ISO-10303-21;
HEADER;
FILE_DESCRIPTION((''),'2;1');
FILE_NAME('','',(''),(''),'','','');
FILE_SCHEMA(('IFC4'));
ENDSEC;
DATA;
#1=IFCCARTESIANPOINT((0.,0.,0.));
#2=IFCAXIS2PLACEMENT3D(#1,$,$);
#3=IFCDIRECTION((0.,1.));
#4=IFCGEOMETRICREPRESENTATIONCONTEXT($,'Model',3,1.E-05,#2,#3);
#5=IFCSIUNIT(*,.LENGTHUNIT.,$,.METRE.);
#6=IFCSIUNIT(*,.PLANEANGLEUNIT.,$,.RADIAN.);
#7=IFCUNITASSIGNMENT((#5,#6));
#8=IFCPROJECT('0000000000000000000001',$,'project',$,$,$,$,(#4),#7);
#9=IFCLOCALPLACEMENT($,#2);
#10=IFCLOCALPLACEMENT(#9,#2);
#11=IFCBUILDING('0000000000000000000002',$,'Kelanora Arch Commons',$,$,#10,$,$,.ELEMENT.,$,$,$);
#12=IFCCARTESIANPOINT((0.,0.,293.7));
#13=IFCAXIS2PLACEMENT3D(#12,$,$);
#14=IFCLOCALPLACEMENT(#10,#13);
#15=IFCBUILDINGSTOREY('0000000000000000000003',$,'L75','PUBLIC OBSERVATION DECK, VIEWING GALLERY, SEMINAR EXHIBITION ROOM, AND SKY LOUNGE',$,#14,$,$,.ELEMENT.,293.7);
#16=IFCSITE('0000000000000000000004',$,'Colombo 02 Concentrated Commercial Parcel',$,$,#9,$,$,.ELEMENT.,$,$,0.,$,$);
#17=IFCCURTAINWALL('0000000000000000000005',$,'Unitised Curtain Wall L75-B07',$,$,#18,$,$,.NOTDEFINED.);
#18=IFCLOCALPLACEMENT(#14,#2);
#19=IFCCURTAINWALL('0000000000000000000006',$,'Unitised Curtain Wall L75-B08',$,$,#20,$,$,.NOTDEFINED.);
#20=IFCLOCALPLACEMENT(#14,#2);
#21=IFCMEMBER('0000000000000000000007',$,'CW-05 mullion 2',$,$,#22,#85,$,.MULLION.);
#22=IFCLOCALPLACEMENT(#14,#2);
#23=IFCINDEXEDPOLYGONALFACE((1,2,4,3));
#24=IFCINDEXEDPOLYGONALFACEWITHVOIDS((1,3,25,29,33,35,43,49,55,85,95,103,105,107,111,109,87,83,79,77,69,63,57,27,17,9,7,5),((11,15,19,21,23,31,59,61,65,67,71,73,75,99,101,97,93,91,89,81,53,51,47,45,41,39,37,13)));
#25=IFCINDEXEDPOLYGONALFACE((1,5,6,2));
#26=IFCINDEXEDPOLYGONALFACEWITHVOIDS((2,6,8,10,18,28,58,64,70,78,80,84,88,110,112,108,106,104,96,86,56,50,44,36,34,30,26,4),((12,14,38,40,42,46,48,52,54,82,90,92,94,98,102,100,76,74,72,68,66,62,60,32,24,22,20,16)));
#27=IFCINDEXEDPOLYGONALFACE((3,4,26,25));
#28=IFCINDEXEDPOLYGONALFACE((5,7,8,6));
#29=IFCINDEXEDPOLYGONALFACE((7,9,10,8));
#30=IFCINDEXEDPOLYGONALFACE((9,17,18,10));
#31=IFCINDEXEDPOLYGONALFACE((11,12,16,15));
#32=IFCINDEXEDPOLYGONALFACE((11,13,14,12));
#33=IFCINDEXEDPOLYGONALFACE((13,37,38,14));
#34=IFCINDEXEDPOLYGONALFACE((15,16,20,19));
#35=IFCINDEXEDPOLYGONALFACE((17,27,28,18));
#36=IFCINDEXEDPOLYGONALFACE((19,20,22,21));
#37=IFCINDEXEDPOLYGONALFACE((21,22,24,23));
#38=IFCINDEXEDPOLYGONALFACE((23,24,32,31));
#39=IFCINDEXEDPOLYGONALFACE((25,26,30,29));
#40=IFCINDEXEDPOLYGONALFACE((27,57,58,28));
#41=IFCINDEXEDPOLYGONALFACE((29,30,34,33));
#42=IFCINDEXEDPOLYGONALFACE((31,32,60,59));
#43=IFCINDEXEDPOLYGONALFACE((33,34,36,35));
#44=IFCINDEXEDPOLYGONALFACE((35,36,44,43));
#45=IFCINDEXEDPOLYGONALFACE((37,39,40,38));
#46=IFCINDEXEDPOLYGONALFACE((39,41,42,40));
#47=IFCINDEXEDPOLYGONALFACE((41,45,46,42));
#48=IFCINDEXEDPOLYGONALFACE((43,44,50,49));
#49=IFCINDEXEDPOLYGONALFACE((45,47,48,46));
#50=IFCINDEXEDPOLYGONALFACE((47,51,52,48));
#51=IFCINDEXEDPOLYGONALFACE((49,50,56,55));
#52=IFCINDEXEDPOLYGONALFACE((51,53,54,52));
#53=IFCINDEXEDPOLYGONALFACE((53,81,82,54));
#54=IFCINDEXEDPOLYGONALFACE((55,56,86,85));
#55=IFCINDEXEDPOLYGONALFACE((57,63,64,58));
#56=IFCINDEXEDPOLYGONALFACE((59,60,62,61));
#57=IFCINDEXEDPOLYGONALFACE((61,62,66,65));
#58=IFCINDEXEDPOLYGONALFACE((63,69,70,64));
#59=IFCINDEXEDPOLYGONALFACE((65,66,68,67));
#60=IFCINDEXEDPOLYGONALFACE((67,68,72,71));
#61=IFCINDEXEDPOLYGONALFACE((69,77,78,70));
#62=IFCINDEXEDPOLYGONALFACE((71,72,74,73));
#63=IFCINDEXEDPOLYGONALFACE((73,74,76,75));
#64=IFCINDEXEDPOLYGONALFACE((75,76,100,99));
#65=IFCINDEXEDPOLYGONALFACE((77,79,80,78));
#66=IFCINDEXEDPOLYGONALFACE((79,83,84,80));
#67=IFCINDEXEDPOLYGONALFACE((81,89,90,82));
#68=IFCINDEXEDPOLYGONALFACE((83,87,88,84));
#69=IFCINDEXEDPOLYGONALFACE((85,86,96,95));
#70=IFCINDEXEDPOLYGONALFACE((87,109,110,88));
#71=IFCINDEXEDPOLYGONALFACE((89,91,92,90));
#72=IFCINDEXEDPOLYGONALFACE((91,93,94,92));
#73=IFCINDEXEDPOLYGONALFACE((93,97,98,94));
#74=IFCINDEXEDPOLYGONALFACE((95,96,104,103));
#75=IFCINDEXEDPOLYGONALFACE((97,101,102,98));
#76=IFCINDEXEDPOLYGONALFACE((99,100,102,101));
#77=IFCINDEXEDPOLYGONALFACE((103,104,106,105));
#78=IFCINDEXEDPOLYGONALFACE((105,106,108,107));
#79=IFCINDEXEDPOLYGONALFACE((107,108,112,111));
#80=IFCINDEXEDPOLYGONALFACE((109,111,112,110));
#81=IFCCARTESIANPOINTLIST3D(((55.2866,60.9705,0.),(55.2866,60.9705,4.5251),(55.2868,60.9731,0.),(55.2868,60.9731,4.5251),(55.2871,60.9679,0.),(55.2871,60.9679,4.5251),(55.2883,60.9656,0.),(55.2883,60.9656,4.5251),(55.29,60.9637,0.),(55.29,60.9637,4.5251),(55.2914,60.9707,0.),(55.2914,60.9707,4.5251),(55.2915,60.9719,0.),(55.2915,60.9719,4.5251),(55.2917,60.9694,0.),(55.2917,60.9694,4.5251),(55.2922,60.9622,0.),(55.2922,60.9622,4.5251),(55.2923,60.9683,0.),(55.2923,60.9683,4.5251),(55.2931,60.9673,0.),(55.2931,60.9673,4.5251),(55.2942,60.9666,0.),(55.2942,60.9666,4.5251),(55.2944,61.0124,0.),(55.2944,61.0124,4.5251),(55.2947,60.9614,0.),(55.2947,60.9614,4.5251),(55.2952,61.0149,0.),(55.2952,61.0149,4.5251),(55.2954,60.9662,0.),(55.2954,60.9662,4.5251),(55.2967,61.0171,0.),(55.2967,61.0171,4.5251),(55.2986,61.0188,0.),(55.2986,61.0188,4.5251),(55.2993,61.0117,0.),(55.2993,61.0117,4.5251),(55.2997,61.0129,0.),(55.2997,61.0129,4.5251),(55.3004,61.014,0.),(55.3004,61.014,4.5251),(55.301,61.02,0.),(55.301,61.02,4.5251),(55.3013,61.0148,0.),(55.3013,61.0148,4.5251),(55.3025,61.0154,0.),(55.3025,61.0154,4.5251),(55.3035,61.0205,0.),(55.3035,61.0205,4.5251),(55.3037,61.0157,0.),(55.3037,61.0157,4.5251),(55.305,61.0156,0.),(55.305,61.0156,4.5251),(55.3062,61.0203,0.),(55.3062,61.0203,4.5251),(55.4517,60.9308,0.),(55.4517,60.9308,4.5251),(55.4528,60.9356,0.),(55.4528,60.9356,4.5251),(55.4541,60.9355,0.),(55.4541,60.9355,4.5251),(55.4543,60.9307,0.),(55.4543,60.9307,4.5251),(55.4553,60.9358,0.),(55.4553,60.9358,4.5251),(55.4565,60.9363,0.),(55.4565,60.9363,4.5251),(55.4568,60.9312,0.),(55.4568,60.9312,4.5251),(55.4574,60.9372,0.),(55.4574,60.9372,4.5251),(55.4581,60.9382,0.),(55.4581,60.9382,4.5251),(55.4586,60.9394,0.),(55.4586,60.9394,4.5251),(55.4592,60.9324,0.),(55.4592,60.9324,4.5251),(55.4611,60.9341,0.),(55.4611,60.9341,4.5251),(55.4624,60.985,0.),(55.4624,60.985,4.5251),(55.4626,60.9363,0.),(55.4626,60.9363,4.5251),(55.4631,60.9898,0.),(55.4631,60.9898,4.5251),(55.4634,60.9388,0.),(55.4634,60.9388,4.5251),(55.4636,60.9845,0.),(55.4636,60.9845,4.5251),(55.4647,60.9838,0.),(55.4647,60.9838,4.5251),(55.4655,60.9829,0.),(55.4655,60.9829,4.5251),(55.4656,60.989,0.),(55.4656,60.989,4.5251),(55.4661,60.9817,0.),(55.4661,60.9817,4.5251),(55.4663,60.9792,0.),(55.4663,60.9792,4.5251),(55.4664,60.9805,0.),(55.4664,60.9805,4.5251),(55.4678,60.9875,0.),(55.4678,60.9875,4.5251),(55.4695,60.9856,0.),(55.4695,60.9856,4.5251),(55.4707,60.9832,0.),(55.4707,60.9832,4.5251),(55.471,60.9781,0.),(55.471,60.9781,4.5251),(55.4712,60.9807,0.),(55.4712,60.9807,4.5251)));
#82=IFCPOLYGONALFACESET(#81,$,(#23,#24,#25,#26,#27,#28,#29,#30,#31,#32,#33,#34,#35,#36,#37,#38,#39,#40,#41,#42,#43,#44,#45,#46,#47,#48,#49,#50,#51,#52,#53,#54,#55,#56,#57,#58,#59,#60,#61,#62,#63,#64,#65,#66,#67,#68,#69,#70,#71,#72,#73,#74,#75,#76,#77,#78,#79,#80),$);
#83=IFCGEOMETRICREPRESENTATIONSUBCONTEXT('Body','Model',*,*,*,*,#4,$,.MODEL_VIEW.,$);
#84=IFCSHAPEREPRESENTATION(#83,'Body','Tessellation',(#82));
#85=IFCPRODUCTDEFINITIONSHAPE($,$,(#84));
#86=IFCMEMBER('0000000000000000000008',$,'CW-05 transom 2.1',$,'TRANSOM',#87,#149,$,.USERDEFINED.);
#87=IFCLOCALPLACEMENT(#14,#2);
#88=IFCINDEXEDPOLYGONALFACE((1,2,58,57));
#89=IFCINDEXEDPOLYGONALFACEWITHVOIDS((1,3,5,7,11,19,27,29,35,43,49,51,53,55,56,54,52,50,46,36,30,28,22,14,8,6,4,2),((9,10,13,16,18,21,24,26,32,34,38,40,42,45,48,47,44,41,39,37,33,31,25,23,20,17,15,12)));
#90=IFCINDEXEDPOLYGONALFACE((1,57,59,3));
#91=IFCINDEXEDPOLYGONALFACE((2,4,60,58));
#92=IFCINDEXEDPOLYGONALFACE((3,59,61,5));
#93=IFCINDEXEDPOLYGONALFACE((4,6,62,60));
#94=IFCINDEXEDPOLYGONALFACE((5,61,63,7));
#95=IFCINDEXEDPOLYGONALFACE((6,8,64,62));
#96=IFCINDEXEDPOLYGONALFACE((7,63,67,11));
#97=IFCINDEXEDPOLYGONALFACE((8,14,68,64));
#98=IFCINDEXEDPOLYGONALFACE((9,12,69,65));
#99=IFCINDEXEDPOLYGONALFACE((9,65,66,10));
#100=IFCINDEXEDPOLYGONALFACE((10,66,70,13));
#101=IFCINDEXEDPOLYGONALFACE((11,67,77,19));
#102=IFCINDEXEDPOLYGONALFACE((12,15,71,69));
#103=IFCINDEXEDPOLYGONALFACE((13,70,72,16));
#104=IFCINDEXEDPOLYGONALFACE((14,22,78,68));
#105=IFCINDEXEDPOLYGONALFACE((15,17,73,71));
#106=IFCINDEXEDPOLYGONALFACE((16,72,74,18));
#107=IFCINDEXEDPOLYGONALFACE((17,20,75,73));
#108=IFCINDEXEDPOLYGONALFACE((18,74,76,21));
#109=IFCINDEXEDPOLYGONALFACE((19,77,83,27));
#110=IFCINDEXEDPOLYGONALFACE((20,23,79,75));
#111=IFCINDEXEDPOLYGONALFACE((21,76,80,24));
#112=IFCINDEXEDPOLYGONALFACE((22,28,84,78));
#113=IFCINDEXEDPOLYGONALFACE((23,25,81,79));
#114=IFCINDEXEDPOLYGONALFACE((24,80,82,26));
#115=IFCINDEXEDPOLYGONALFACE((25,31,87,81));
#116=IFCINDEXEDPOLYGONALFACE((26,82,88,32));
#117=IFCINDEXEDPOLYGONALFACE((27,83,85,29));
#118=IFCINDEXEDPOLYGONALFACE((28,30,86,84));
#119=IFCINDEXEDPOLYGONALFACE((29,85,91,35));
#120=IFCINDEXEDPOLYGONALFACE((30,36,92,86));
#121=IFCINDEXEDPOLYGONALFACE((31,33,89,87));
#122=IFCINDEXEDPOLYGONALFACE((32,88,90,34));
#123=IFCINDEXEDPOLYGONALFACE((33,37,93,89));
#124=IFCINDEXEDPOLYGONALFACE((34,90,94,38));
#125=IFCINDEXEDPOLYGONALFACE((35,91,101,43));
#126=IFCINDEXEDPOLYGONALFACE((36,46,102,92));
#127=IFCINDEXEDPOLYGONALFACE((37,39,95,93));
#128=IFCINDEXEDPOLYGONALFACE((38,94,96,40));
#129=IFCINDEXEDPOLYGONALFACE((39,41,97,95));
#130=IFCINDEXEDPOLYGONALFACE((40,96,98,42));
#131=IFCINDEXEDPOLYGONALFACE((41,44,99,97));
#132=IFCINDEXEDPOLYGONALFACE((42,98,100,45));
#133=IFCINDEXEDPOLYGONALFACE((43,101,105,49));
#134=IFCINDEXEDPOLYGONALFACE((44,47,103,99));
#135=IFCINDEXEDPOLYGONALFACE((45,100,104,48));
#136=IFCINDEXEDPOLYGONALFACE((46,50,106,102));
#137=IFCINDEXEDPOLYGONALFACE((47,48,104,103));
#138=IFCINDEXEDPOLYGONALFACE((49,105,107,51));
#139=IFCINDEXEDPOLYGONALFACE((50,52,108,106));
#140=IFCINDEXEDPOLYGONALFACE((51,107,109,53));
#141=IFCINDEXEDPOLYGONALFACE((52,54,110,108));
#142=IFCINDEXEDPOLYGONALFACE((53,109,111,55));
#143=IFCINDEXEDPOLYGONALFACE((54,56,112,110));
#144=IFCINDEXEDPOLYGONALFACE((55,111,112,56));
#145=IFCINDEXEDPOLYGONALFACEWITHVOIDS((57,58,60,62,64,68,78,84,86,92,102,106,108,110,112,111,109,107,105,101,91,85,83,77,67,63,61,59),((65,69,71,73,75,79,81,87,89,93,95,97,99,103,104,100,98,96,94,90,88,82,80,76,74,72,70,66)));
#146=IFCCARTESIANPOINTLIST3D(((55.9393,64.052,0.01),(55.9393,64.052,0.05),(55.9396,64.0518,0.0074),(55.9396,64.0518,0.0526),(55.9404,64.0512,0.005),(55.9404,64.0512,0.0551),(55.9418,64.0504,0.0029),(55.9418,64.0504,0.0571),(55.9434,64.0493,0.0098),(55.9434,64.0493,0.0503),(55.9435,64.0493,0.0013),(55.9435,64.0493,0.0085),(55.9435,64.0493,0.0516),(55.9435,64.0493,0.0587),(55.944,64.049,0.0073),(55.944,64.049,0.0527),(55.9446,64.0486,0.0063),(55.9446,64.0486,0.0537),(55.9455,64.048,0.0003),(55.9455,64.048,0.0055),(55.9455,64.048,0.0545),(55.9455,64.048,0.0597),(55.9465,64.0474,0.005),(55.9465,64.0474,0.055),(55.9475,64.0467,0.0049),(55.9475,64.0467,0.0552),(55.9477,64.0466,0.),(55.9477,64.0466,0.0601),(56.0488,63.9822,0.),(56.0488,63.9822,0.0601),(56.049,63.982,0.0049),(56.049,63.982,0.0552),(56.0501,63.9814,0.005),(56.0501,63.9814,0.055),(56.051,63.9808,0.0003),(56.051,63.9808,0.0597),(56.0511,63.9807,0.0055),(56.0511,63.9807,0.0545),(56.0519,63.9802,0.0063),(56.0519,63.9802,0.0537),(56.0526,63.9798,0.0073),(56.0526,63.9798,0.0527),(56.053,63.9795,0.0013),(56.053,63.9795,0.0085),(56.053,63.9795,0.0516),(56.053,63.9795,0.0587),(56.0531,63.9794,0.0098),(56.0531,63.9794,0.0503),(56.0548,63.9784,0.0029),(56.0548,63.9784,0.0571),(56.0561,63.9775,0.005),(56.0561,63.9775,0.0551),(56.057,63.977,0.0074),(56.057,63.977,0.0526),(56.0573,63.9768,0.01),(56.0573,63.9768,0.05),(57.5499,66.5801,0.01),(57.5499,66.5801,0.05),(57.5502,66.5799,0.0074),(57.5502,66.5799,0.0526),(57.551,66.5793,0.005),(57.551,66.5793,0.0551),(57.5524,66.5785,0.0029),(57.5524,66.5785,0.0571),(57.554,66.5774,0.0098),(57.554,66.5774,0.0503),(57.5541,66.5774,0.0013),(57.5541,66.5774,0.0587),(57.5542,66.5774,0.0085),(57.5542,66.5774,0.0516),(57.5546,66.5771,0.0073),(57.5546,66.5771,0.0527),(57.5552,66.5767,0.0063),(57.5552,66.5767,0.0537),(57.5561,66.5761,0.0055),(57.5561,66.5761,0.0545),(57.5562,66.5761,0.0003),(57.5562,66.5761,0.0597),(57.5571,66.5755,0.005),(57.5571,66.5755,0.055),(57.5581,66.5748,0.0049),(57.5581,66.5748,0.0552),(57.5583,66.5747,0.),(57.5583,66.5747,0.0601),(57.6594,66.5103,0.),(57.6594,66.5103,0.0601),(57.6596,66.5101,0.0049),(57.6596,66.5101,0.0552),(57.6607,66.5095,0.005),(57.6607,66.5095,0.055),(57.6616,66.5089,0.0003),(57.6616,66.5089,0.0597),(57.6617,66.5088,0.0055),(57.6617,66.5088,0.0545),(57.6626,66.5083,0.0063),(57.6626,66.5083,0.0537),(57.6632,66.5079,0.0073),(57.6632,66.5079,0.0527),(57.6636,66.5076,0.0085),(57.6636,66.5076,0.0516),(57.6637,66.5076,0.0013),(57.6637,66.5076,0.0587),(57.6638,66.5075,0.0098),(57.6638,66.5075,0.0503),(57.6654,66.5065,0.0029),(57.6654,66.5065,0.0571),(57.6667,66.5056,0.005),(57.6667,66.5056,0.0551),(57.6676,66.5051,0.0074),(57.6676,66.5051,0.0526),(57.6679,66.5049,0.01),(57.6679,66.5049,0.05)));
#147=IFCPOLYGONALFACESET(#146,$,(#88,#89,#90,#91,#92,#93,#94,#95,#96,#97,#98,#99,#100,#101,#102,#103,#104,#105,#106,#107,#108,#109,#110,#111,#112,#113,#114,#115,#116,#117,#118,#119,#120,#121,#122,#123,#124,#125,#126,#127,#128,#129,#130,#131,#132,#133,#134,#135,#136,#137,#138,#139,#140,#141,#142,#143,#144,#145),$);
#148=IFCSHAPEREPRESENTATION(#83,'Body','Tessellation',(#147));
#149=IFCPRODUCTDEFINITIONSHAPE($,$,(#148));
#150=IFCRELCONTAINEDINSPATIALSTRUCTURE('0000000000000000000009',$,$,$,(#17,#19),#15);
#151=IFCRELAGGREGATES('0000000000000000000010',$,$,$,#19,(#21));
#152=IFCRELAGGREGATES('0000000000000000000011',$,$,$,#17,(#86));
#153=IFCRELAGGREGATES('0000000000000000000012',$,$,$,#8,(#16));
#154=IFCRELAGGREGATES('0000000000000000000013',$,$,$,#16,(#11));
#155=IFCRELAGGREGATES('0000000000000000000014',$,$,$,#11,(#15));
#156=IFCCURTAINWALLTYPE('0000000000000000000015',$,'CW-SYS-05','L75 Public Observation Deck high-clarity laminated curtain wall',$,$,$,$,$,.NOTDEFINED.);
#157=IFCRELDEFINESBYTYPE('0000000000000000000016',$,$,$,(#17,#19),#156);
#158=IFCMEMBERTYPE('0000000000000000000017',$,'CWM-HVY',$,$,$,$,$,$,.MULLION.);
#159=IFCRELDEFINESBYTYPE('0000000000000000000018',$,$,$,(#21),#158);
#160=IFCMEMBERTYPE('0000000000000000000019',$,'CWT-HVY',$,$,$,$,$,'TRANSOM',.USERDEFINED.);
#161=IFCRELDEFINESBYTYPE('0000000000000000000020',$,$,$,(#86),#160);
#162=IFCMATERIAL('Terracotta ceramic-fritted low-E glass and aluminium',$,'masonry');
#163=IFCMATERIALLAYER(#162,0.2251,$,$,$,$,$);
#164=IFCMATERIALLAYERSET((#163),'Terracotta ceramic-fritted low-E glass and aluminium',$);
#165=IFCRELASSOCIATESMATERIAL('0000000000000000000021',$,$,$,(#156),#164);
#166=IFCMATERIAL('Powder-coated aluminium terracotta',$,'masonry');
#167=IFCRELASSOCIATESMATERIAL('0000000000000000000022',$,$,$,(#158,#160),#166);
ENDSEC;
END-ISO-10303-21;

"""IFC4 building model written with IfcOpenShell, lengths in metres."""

from ifc_helpers import new_model, si_unit, direction, frame, origin, origin_2d, place, context, subcontext, project, spatial, hollow_rectangle, extrude, material, layer, layer_set, material_profile, profile_set, type_object, element, aggregate, save


model = new_model("IFC4")

# Units and contexts
model_context = context("Model", 3, precision=1e-05, world=origin(), true_north=direction((0.0, 1.0)))
body_context = subcontext(model_context, "Body", "Model", "MODEL_VIEW")
ifc_project = project(units=[si_unit("LENGTHUNIT", "METRE"), si_unit("PLANEANGLEUNIT", "RADIAN")], contexts=[model_context])

# Site, building, storey
site_placement = place(None, origin())
site = spatial("IfcSite", under=ifc_project, at=site_placement, Name="Colombo 02 Concentrated Commercial Parcel", CompositionType="ELEMENT", RefElevation=0.0)
building_placement = place(site_placement, origin())
building = spatial("IfcBuilding", under=site, at=building_placement, Name="Kelanora Arch Commons", CompositionType="ELEMENT")
storey_placement = place(building_placement, frame((0.0, 0.0, 293.7)))
storey = spatial("IfcBuildingStorey", under=building, at=storey_placement, Name="L75", Description="PUBLIC OBSERVATION DECK, VIEWING GALLERY, SEMINAR EXHIBITION ROOM, AND SKY LOUNGE", CompositionType="ELEMENT", Elevation=293.7)

# Curtain wall
ifc_material_1 = material(Name="Terracotta ceramic-fritted low-E glass and aluminium", Category="masonry")
ifc_layer_1 = layer(ifc_material_1, 0.2251)
ifc_layer_set_1 = layer_set([ifc_layer_1], Name="Terracotta ceramic-fritted low-E glass and aluminium")
curtain_wall_type = type_object("IfcCurtainWallType", Name="CW-SYS-05", Description="L75 Public Observation Deck high-clarity laminated curtain wall", PredefinedType="NOTDEFINED", material=ifc_layer_set_1)
curtain_wall_1_placement = place(storey_placement, origin())
curtain_wall_1 = element("IfcCurtainWall", 1, at=curtain_wall_1_placement, inside=storey, type_object=curtain_wall_type, Name="Unitised Curtain Wall L75-B07", PredefinedType="NOTDEFINED")
ifc_material_2 = material(Name="Powder-coated aluminium terracotta", Category="masonry")
ifc_material_profile_1 = material_profile(ifc_material_2, hollow_rectangle(XDim=0.1799, YDim=0.0601, WallThickness=0.0049, InnerFilletRadius=0.0049, OuterFilletRadius=0.01, at=origin_2d()), Name="CWM180x60")
ifc_profile_set_1 = profile_set([ifc_material_profile_1], Name="Powder-coated aluminium terracotta")
member_type_1 = type_object("IfcMemberType", Name="CWM-HVY", PredefinedType="MULLION", material=ifc_profile_set_1)

# Curtain wall, member
curtain_wall_2_placement = place(storey_placement, origin())
curtain_wall_2 = element("IfcCurtainWall", 2, at=curtain_wall_2_placement, inside=storey, type_object=curtain_wall_type, Name="Unitised Curtain Wall L75-B08", PredefinedType="NOTDEFINED")
member_1_placement = place(storey_placement, frame((55.3789, 60.9756, 0.0), z_axis=(0.0, 0.0, 1.0), x_axis=(0.981596, -0.190972, 0.0)))
member_1 = element("IfcMember", 3, at=member_1_placement, type_object=member_type_1, Name="CW-05 mullion 2", PredefinedType="MULLION", context=body_context, shape_type="SweptSolid", body=[
    extrude(hollow_rectangle(XDim=0.1799, YDim=0.0601, WallThickness=0.0049, InnerFilletRadius=0.0049, OuterFilletRadius=0.01, at=origin_2d()), origin(), (0.0, 0.0, 1.0), 4.5251),
])

# Member
ifc_material_profile_2 = material_profile(ifc_material_2, hollow_rectangle(XDim=0.1399, YDim=0.0601, WallThickness=0.0049, InnerFilletRadius=0.0049, OuterFilletRadius=0.01, at=origin_2d()), Name="CWT140x60")
ifc_profile_set_2 = profile_set([ifc_material_profile_2], Name="Powder-coated aluminium terracotta")
member_type_2 = type_object("IfcMemberType", Name="CWT-HVY", ElementType="TRANSOM", PredefinedType="USERDEFINED", material=ifc_profile_set_2)
member_2_placement = place(storey_placement, frame((57.6089, 66.5425, 0.03), z_axis=(-0.537308, -0.843386, 0.0), x_axis=(0.843386, -0.537308, 0.0)))
member_2 = element("IfcMember", 4, at=member_2_placement, type_object=member_type_2, Name="CW-05 transom 2.1", ObjectType="TRANSOM", PredefinedType="USERDEFINED", context=body_context, shape_type="SweptSolid", body=[
    extrude(hollow_rectangle(XDim=0.1399, YDim=0.0601, WallThickness=0.0049, InnerFilletRadius=0.0049, OuterFilletRadius=0.01, at=origin_2d()), origin(), (0.0, 0.0, 1.0), 2.9976),
])

aggregate(curtain_wall_2, [member_1])
aggregate(curtain_wall_1, [member_2])

save(model, "model.ifc")
